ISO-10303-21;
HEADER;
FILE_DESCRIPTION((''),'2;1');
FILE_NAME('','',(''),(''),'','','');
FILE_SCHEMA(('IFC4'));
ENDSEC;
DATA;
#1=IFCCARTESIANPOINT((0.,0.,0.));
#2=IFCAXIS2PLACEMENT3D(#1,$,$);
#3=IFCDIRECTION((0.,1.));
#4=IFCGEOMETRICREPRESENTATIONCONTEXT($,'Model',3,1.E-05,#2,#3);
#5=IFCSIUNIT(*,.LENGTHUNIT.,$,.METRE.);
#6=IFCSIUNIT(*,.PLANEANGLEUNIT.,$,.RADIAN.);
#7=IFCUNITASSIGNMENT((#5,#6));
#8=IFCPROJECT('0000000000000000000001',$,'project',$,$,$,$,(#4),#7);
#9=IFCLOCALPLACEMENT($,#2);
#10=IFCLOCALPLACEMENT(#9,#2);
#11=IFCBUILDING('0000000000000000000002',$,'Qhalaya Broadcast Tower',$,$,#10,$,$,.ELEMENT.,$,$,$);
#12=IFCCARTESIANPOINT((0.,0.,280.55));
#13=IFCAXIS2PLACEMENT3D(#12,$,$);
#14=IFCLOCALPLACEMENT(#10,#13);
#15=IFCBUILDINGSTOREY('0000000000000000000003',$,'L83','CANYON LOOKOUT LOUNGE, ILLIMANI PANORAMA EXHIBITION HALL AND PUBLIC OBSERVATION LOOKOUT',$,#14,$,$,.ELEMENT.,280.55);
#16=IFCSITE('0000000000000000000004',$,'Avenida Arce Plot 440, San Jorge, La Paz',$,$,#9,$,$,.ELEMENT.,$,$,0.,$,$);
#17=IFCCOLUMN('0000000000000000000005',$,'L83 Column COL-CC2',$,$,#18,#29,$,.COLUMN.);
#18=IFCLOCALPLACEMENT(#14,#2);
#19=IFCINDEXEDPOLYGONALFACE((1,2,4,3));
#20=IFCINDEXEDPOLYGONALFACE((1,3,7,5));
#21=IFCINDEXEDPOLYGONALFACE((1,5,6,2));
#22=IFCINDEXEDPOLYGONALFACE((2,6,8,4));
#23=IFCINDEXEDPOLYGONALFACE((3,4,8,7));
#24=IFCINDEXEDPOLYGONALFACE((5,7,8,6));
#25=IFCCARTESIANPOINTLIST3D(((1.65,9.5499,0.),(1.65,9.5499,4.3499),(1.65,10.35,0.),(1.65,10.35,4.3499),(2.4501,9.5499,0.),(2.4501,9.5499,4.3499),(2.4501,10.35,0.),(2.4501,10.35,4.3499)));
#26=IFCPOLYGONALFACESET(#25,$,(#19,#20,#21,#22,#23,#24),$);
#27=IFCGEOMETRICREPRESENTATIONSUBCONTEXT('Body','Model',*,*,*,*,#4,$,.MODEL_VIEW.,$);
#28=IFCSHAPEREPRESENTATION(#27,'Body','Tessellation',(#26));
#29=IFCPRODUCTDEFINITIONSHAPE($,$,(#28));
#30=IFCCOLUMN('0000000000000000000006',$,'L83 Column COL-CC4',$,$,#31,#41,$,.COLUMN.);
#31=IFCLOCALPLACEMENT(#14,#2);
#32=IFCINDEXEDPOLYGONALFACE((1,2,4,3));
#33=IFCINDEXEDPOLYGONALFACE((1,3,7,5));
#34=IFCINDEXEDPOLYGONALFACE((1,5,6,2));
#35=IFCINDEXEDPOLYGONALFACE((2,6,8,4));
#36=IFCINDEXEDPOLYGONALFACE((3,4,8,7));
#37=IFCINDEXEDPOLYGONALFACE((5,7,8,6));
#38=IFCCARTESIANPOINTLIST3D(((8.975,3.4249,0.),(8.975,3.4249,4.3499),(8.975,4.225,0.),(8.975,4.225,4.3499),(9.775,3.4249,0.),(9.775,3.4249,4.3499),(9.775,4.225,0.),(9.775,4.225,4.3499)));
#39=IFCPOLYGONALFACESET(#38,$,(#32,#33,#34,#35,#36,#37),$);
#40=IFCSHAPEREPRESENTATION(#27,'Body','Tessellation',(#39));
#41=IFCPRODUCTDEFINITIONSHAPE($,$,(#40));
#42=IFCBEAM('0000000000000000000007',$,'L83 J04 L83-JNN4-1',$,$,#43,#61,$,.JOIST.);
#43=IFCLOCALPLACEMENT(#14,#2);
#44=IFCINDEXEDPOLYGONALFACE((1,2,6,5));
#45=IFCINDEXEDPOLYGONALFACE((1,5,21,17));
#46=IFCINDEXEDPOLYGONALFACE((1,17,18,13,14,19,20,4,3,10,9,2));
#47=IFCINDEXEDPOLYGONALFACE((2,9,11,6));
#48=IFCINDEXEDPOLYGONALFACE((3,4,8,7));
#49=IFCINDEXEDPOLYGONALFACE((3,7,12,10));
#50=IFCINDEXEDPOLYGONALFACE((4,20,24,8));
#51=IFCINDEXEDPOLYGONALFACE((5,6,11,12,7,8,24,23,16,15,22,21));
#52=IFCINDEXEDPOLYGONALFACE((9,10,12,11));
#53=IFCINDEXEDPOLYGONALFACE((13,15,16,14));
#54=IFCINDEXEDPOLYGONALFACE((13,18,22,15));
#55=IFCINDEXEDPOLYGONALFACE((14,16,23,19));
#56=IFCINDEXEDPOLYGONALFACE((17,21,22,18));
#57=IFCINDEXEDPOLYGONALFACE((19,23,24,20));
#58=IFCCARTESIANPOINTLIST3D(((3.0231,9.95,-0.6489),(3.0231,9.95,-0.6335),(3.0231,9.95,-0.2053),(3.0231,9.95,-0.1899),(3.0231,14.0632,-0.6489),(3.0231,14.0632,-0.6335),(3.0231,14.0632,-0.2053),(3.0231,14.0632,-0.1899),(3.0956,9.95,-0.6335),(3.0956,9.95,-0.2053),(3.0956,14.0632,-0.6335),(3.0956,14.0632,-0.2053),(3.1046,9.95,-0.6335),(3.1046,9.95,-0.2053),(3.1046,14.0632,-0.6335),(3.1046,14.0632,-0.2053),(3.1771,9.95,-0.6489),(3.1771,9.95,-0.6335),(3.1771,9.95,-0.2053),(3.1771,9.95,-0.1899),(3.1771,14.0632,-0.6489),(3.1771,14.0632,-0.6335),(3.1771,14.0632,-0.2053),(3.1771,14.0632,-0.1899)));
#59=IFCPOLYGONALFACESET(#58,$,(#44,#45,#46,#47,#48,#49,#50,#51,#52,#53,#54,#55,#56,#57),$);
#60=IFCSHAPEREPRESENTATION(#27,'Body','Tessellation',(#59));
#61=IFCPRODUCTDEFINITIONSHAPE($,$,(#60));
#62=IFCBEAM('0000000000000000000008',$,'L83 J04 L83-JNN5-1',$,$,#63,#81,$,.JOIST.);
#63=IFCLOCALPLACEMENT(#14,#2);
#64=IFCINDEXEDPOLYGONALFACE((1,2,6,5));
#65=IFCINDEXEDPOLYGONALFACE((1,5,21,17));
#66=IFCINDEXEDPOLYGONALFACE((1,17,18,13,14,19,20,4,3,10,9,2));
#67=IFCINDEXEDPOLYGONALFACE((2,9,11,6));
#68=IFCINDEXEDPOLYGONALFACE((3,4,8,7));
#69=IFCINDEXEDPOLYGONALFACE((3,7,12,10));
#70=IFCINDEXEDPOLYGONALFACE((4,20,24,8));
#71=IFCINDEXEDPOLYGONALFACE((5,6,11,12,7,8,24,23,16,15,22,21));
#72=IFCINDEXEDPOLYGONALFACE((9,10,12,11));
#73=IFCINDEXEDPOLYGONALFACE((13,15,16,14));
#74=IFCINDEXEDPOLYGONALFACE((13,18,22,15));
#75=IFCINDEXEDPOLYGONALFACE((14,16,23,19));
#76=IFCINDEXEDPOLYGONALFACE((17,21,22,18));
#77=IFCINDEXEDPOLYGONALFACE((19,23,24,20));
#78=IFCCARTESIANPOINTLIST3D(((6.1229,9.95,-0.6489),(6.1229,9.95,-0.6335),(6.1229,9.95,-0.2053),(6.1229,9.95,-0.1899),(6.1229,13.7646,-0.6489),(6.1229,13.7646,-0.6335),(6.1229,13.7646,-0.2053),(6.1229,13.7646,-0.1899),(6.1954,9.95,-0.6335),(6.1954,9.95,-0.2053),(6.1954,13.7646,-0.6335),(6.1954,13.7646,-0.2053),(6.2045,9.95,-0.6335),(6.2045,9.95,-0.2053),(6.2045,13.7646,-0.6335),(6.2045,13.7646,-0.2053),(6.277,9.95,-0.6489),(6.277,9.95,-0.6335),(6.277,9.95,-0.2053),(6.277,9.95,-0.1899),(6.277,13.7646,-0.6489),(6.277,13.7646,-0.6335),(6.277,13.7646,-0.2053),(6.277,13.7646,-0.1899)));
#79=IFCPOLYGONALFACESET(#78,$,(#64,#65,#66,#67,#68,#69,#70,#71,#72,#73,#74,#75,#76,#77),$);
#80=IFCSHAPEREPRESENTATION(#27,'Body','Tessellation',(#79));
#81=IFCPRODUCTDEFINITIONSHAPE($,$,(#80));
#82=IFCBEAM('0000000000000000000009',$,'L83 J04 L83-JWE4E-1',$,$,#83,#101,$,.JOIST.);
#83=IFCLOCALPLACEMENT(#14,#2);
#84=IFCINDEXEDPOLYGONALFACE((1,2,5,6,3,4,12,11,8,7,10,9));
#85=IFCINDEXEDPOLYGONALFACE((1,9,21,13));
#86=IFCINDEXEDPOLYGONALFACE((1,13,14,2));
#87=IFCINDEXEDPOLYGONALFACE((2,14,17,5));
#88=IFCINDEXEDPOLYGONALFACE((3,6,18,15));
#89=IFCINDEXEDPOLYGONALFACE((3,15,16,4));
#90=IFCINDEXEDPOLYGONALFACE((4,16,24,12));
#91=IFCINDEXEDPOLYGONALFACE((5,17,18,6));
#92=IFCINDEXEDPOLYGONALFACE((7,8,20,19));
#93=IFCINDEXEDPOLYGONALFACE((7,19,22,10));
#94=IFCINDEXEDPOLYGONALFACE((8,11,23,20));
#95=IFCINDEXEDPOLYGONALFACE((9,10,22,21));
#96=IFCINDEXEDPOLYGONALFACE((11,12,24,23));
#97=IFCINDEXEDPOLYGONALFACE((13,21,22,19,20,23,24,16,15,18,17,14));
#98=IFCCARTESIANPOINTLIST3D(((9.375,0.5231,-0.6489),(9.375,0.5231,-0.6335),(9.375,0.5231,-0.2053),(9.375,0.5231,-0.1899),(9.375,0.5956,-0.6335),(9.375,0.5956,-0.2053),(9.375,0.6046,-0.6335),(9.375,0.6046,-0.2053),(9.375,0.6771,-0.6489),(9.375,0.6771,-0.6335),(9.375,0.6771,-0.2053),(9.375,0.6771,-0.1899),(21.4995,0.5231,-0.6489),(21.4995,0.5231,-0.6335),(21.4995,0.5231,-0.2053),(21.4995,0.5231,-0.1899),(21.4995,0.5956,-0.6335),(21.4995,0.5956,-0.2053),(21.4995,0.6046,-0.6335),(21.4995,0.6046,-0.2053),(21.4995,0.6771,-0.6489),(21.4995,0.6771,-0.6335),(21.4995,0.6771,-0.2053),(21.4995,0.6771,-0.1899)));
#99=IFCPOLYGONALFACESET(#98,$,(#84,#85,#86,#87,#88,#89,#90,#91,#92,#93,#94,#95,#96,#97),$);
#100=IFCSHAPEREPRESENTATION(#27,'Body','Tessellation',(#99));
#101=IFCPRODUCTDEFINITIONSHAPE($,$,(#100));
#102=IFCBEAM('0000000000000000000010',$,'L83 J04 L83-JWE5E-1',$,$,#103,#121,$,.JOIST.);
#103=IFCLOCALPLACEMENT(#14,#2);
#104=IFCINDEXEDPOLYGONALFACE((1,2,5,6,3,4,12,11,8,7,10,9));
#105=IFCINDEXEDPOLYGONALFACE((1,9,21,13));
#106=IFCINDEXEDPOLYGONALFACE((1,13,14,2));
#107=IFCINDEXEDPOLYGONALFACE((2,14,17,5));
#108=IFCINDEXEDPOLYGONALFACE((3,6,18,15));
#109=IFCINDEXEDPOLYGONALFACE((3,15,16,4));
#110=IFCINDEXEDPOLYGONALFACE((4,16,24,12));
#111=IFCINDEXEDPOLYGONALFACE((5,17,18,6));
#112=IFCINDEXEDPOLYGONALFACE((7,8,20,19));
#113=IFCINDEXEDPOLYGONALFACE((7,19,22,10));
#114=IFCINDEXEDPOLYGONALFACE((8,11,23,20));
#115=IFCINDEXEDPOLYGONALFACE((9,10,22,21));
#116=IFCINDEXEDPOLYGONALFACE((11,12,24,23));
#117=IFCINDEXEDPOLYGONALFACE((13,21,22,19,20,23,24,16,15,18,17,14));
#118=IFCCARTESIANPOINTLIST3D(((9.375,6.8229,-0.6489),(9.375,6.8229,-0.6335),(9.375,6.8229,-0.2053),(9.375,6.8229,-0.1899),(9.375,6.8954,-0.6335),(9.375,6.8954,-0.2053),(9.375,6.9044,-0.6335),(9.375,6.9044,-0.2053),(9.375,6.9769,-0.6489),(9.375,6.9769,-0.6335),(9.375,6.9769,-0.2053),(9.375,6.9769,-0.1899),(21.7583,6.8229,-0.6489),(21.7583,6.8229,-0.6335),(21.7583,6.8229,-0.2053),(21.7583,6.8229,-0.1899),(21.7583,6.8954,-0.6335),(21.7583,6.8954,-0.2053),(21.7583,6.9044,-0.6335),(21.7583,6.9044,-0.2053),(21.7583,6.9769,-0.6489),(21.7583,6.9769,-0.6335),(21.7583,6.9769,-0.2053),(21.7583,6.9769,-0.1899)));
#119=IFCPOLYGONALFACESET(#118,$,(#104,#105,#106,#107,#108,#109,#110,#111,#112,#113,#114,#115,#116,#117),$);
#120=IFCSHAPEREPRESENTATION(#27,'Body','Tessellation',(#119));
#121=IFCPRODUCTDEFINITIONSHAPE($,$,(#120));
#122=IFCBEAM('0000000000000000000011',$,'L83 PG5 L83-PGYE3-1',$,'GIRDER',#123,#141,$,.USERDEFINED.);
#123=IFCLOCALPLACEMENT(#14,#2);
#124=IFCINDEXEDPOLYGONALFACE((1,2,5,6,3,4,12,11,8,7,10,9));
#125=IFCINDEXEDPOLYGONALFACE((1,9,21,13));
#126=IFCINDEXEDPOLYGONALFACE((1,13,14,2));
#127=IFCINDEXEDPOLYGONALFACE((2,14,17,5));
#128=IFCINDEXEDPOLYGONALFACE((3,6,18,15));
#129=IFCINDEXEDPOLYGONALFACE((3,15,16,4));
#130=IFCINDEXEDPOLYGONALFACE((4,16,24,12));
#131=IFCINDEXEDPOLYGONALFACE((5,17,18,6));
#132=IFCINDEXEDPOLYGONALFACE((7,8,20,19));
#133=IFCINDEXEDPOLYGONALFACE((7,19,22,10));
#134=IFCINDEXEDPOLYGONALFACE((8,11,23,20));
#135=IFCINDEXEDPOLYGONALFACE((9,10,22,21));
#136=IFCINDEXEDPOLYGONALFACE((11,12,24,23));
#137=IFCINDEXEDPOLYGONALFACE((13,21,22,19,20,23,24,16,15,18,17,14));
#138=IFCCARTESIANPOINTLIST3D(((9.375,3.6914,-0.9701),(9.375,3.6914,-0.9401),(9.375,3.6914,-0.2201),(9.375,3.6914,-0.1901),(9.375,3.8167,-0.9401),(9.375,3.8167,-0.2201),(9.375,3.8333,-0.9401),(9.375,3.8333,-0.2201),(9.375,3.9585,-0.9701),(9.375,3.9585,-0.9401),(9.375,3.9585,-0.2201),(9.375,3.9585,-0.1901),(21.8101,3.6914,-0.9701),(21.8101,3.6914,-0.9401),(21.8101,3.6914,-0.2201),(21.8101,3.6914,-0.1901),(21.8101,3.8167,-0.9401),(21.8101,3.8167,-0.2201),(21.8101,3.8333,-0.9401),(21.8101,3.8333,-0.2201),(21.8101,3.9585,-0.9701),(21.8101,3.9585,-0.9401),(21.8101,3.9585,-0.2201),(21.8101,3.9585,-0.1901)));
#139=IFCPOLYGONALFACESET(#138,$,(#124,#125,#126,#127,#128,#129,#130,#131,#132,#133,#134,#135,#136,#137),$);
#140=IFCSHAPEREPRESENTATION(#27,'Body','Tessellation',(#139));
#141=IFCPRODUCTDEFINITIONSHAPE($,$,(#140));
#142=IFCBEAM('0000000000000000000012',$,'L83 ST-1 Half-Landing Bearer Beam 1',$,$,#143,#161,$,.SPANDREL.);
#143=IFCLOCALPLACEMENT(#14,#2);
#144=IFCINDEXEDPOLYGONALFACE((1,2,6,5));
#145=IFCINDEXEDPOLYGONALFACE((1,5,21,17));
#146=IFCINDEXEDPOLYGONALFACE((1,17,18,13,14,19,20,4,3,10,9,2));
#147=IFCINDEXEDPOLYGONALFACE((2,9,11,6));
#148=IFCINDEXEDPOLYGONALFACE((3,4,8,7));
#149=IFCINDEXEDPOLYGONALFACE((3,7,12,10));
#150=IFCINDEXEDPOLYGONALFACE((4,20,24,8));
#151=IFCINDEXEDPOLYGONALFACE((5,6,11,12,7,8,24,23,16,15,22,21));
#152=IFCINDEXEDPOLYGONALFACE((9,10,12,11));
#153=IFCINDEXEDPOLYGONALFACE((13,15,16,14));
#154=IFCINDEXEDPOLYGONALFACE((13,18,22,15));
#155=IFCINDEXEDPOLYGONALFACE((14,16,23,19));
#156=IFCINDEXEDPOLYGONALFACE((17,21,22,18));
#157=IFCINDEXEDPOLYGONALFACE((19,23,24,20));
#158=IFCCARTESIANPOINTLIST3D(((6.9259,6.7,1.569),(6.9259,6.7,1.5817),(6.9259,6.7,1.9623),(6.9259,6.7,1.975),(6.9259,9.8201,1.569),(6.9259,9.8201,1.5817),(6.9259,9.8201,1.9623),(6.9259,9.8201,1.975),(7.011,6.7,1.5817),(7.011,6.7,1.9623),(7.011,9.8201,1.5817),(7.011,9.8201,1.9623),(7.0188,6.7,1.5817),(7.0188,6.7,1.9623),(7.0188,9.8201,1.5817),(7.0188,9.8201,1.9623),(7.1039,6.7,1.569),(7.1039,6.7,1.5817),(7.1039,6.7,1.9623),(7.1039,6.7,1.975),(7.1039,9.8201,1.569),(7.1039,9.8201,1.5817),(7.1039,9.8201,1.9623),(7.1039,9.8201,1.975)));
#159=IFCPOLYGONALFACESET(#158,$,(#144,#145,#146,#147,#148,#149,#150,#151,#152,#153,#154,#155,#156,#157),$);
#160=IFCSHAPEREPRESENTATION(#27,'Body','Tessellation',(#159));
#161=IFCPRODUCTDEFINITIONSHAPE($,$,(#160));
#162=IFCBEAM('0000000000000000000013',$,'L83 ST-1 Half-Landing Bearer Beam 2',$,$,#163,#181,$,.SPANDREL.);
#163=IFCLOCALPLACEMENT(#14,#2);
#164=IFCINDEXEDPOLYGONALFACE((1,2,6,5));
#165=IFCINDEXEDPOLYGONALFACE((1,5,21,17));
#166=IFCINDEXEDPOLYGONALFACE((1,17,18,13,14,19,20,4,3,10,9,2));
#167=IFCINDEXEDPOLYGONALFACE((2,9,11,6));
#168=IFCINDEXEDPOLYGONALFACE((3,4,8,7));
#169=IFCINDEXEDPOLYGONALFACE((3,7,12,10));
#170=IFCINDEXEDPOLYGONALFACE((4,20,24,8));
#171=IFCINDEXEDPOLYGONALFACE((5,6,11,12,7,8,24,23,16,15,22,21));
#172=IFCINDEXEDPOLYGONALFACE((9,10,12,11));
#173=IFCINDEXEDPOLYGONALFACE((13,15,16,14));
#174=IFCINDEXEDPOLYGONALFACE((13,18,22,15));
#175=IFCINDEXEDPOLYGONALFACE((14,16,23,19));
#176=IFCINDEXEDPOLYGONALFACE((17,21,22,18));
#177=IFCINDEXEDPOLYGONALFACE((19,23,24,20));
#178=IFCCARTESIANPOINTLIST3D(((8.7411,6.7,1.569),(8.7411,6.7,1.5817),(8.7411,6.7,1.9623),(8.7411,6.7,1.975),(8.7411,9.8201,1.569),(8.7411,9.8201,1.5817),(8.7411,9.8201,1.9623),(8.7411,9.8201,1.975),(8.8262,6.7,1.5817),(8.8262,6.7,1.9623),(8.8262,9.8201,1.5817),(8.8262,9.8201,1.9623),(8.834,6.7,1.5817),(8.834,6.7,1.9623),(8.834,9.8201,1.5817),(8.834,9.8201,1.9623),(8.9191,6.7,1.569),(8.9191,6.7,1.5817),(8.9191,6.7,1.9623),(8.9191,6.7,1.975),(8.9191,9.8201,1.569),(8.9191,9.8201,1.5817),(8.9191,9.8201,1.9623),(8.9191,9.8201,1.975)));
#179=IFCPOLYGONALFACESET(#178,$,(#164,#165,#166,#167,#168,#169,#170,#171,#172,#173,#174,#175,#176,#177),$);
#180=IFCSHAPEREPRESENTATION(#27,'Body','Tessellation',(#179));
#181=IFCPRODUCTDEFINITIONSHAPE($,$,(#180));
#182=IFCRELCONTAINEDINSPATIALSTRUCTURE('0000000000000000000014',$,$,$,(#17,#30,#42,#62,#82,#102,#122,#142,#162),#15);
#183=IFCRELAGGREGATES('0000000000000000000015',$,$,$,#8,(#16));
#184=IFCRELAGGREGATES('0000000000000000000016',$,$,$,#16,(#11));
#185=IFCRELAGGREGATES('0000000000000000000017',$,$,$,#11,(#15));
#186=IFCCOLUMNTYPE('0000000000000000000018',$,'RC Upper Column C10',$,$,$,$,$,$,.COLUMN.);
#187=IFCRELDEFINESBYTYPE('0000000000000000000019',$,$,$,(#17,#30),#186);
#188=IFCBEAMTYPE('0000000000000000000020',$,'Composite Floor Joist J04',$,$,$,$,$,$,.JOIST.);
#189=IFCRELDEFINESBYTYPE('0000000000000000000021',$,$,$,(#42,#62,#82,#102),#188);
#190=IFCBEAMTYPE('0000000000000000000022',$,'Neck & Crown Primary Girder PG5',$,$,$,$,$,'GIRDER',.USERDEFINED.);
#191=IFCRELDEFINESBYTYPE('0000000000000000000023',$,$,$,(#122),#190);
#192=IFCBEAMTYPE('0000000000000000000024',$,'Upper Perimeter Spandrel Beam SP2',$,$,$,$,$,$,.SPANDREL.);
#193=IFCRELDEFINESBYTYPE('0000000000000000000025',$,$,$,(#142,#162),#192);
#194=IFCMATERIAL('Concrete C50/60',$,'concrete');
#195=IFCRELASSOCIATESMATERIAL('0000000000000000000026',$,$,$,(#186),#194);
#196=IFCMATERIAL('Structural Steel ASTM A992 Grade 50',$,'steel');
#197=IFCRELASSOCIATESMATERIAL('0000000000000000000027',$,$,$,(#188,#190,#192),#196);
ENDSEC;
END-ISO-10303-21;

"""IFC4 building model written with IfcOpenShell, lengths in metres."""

from ifc_helpers import new_model, si_unit, direction, frame, origin, origin_2d, place, context, subcontext, project, spatial, rectangle, i_section, extrude, material, material_profile, profile_set, type_object, element, save


model = new_model("IFC4")

# Units and contexts
model_context = context("Model", 3, precision=1e-05, world=origin(), true_north=direction((0.0, 1.0)))
body_context = subcontext(model_context, "Body", "Model", "MODEL_VIEW")
ifc_project = project(units=[si_unit("LENGTHUNIT", "METRE"), si_unit("PLANEANGLEUNIT", "RADIAN")], contexts=[model_context])

# Site, building, storey
site_placement = place(None, origin())
site = spatial("IfcSite", under=ifc_project, at=site_placement, Name="Avenida Arce Plot 440, San Jorge, La Paz", CompositionType="ELEMENT", RefElevation=0.0)
building_placement = place(site_placement, origin())
building = spatial("IfcBuilding", under=site, at=building_placement, Name="Qhalaya Broadcast Tower", CompositionType="ELEMENT")
storey_placement = place(building_placement, frame((0.0, 0.0, 280.55)))
storey = spatial("IfcBuildingStorey", under=building, at=storey_placement, Name="L83", Description="CANYON LOOKOUT LOUNGE, ILLIMANI PANORAMA EXHIBITION HALL AND PUBLIC OBSERVATION LOOKOUT", CompositionType="ELEMENT", Elevation=280.55)

# Columns
ifc_material_1 = material(Name="Concrete C50/60", Category="concrete")
ifc_material_profile_1 = material_profile(ifc_material_1, rectangle(XDim=0.8, YDim=0.8, at=origin_2d()), Name="RC-COL 800x800")
ifc_profile_set_1 = profile_set([ifc_material_profile_1], Name="Concrete C50/60")
column_type = type_object("IfcColumnType", Name="RC Upper Column C10", PredefinedType="COLUMN", material=ifc_profile_set_1)
for number, where, z_axis, x_axis, name in (
    (1, (2.05, 9.95, 0.0), (0.0, 0.0, 1.0), (1.0, 0.0, 0.0), "L83 Column COL-CC2"),
    (2, (9.375, 3.825, 0.0), (0.0, 0.0, 1.0), (1.0, 0.0, 0.0), "L83 Column COL-CC4"),
):
    element("IfcColumn", number, at=place(storey_placement, frame(where, z_axis=z_axis, x_axis=x_axis)), inside=storey, type_object=column_type, Name=name, PredefinedType="COLUMN", context=body_context, shape_type="SweptSolid", body=[
        extrude(rectangle(XDim=0.8, YDim=0.8, at=origin_2d()), origin(), (0.0, 0.0, 1.0), 4.3499),
    ])

# Beams
ifc_material_2 = material(Name="Structural Steel ASTM A992 Grade 50", Category="steel")
ifc_material_profile_2 = material_profile(ifc_material_2, i_section(OverallWidth=0.1541, OverallDepth=0.459, WebThickness=0.009, FlangeThickness=0.0154, at=origin_2d()), Name="W18X46")
ifc_profile_set_2 = profile_set([ifc_material_profile_2], Name="Structural Steel ASTM A992 Grade 50")
beam_type_1 = type_object("IfcBeamType", Name="Composite Floor Joist J04", PredefinedType="JOIST", material=ifc_profile_set_2)
beam_1_placement = place(storey_placement, frame((3.1001, 9.95, -0.4194), z_axis=(0.0, 1.0, 0.0), x_axis=(-1.0, 0.0, 0.0)))
element("IfcBeam", 3, at=beam_1_placement, inside=storey, type_object=beam_type_1, Name="L83 J04 L83-JNN4-1", PredefinedType="JOIST", context=body_context, shape_type="SweptSolid", body=[
    extrude(i_section(OverallWidth=0.1541, OverallDepth=0.459, WebThickness=0.009, FlangeThickness=0.0154, at=origin_2d()), origin(), (0.0, 0.0, 1.0), 4.1133),
])
beam_2_placement = place(storey_placement, frame((6.2, 9.95, -0.4194), z_axis=(0.0, 1.0, 0.0), x_axis=(-1.0, 0.0, 0.0)))
element("IfcBeam", 4, at=beam_2_placement, inside=storey, type_object=beam_type_1, Name="L83 J04 L83-JNN5-1", PredefinedType="JOIST", context=body_context, shape_type="SweptSolid", body=[
    extrude(i_section(OverallWidth=0.1541, OverallDepth=0.459, WebThickness=0.009, FlangeThickness=0.0154, at=origin_2d()), origin(), (0.0, 0.0, 1.0), 3.8147),
])
beam_3_placement = place(storey_placement, frame((9.375, 0.6001, -0.4194), z_axis=(1.0, 0.0, 0.0), x_axis=(0.0, 1.0, 0.0)))
element("IfcBeam", 5, at=beam_3_placement, inside=storey, type_object=beam_type_1, Name="L83 J04 L83-JWE4E-1", PredefinedType="JOIST", context=body_context, shape_type="SweptSolid", body=[
    extrude(i_section(OverallWidth=0.1541, OverallDepth=0.459, WebThickness=0.009, FlangeThickness=0.0154, at=origin_2d()), origin(), (0.0, 0.0, 1.0), 12.1245),
])
beam_4_placement = place(storey_placement, frame((9.375, 6.8999, -0.4194), z_axis=(1.0, 0.0, 0.0), x_axis=(0.0, 1.0, 0.0)))
element("IfcBeam", 6, at=beam_4_placement, inside=storey, type_object=beam_type_1, Name="L83 J04 L83-JWE5E-1", PredefinedType="JOIST", context=body_context, shape_type="SweptSolid", body=[
    extrude(i_section(OverallWidth=0.1541, OverallDepth=0.459, WebThickness=0.009, FlangeThickness=0.0154, at=origin_2d()), origin(), (0.0, 0.0, 1.0), 12.3833),
])
ifc_material_profile_3 = material_profile(ifc_material_2, i_section(OverallWidth=0.2671, OverallDepth=0.78, WebThickness=0.0166, FlangeThickness=0.03, at=origin_2d()), Name="W30X148")
ifc_profile_set_3 = profile_set([ifc_material_profile_3], Name="Structural Steel ASTM A992 Grade 50")
beam_type_2 = type_object("IfcBeamType", Name="Neck & Crown Primary Girder PG5", ElementType="GIRDER", PredefinedType="USERDEFINED", material=ifc_profile_set_3)
beam_5_placement = place(storey_placement, frame((9.375, 3.825, -0.5801), z_axis=(1.0, 0.0, 0.0), x_axis=(0.0, 1.0, 0.0)))
element("IfcBeam", 7, at=beam_5_placement, inside=storey, type_object=beam_type_2, Name="L83 PG5 L83-PGYE3-1", ObjectType="GIRDER", PredefinedType="USERDEFINED", context=body_context, shape_type="SweptSolid", body=[
    extrude(i_section(OverallWidth=0.2671, OverallDepth=0.78, WebThickness=0.0166, FlangeThickness=0.03, at=origin_2d()), origin(), (0.0, 0.0, 1.0), 12.4351),
])
ifc_material_profile_4 = material_profile(ifc_material_2, i_section(OverallWidth=0.178, OverallDepth=0.406, WebThickness=0.0078, FlangeThickness=0.0127, at=origin_2d()), Name="W16X40")
ifc_profile_set_4 = profile_set([ifc_material_profile_4], Name="Structural Steel ASTM A992 Grade 50")
beam_type_3 = type_object("IfcBeamType", Name="Upper Perimeter Spandrel Beam SP2", PredefinedType="SPANDREL", material=ifc_profile_set_4)
for number, where, z_axis, x_axis, name in (
    (8, (7.0149, 6.7, 1.772), (0.0, 1.0, 0.0), (-1.0, 0.0, 0.0), "L83 ST-1 Half-Landing Bearer Beam 1"),
    (9, (8.8301, 6.7, 1.772), (0.0, 1.0, 0.0), (-1.0, 0.0, 0.0), "L83 ST-1 Half-Landing Bearer Beam 2"),
):
    element("IfcBeam", number, at=place(storey_placement, frame(where, z_axis=z_axis, x_axis=x_axis)), inside=storey, type_object=beam_type_3, Name=name, PredefinedType="SPANDREL", context=body_context, shape_type="SweptSolid", body=[
        extrude(i_section(OverallWidth=0.178, OverallDepth=0.406, WebThickness=0.0078, FlangeThickness=0.0127, at=origin_2d()), origin(), (0.0, 0.0, 1.0), 3.1201),
    ])

save(model, "model.ifc")
